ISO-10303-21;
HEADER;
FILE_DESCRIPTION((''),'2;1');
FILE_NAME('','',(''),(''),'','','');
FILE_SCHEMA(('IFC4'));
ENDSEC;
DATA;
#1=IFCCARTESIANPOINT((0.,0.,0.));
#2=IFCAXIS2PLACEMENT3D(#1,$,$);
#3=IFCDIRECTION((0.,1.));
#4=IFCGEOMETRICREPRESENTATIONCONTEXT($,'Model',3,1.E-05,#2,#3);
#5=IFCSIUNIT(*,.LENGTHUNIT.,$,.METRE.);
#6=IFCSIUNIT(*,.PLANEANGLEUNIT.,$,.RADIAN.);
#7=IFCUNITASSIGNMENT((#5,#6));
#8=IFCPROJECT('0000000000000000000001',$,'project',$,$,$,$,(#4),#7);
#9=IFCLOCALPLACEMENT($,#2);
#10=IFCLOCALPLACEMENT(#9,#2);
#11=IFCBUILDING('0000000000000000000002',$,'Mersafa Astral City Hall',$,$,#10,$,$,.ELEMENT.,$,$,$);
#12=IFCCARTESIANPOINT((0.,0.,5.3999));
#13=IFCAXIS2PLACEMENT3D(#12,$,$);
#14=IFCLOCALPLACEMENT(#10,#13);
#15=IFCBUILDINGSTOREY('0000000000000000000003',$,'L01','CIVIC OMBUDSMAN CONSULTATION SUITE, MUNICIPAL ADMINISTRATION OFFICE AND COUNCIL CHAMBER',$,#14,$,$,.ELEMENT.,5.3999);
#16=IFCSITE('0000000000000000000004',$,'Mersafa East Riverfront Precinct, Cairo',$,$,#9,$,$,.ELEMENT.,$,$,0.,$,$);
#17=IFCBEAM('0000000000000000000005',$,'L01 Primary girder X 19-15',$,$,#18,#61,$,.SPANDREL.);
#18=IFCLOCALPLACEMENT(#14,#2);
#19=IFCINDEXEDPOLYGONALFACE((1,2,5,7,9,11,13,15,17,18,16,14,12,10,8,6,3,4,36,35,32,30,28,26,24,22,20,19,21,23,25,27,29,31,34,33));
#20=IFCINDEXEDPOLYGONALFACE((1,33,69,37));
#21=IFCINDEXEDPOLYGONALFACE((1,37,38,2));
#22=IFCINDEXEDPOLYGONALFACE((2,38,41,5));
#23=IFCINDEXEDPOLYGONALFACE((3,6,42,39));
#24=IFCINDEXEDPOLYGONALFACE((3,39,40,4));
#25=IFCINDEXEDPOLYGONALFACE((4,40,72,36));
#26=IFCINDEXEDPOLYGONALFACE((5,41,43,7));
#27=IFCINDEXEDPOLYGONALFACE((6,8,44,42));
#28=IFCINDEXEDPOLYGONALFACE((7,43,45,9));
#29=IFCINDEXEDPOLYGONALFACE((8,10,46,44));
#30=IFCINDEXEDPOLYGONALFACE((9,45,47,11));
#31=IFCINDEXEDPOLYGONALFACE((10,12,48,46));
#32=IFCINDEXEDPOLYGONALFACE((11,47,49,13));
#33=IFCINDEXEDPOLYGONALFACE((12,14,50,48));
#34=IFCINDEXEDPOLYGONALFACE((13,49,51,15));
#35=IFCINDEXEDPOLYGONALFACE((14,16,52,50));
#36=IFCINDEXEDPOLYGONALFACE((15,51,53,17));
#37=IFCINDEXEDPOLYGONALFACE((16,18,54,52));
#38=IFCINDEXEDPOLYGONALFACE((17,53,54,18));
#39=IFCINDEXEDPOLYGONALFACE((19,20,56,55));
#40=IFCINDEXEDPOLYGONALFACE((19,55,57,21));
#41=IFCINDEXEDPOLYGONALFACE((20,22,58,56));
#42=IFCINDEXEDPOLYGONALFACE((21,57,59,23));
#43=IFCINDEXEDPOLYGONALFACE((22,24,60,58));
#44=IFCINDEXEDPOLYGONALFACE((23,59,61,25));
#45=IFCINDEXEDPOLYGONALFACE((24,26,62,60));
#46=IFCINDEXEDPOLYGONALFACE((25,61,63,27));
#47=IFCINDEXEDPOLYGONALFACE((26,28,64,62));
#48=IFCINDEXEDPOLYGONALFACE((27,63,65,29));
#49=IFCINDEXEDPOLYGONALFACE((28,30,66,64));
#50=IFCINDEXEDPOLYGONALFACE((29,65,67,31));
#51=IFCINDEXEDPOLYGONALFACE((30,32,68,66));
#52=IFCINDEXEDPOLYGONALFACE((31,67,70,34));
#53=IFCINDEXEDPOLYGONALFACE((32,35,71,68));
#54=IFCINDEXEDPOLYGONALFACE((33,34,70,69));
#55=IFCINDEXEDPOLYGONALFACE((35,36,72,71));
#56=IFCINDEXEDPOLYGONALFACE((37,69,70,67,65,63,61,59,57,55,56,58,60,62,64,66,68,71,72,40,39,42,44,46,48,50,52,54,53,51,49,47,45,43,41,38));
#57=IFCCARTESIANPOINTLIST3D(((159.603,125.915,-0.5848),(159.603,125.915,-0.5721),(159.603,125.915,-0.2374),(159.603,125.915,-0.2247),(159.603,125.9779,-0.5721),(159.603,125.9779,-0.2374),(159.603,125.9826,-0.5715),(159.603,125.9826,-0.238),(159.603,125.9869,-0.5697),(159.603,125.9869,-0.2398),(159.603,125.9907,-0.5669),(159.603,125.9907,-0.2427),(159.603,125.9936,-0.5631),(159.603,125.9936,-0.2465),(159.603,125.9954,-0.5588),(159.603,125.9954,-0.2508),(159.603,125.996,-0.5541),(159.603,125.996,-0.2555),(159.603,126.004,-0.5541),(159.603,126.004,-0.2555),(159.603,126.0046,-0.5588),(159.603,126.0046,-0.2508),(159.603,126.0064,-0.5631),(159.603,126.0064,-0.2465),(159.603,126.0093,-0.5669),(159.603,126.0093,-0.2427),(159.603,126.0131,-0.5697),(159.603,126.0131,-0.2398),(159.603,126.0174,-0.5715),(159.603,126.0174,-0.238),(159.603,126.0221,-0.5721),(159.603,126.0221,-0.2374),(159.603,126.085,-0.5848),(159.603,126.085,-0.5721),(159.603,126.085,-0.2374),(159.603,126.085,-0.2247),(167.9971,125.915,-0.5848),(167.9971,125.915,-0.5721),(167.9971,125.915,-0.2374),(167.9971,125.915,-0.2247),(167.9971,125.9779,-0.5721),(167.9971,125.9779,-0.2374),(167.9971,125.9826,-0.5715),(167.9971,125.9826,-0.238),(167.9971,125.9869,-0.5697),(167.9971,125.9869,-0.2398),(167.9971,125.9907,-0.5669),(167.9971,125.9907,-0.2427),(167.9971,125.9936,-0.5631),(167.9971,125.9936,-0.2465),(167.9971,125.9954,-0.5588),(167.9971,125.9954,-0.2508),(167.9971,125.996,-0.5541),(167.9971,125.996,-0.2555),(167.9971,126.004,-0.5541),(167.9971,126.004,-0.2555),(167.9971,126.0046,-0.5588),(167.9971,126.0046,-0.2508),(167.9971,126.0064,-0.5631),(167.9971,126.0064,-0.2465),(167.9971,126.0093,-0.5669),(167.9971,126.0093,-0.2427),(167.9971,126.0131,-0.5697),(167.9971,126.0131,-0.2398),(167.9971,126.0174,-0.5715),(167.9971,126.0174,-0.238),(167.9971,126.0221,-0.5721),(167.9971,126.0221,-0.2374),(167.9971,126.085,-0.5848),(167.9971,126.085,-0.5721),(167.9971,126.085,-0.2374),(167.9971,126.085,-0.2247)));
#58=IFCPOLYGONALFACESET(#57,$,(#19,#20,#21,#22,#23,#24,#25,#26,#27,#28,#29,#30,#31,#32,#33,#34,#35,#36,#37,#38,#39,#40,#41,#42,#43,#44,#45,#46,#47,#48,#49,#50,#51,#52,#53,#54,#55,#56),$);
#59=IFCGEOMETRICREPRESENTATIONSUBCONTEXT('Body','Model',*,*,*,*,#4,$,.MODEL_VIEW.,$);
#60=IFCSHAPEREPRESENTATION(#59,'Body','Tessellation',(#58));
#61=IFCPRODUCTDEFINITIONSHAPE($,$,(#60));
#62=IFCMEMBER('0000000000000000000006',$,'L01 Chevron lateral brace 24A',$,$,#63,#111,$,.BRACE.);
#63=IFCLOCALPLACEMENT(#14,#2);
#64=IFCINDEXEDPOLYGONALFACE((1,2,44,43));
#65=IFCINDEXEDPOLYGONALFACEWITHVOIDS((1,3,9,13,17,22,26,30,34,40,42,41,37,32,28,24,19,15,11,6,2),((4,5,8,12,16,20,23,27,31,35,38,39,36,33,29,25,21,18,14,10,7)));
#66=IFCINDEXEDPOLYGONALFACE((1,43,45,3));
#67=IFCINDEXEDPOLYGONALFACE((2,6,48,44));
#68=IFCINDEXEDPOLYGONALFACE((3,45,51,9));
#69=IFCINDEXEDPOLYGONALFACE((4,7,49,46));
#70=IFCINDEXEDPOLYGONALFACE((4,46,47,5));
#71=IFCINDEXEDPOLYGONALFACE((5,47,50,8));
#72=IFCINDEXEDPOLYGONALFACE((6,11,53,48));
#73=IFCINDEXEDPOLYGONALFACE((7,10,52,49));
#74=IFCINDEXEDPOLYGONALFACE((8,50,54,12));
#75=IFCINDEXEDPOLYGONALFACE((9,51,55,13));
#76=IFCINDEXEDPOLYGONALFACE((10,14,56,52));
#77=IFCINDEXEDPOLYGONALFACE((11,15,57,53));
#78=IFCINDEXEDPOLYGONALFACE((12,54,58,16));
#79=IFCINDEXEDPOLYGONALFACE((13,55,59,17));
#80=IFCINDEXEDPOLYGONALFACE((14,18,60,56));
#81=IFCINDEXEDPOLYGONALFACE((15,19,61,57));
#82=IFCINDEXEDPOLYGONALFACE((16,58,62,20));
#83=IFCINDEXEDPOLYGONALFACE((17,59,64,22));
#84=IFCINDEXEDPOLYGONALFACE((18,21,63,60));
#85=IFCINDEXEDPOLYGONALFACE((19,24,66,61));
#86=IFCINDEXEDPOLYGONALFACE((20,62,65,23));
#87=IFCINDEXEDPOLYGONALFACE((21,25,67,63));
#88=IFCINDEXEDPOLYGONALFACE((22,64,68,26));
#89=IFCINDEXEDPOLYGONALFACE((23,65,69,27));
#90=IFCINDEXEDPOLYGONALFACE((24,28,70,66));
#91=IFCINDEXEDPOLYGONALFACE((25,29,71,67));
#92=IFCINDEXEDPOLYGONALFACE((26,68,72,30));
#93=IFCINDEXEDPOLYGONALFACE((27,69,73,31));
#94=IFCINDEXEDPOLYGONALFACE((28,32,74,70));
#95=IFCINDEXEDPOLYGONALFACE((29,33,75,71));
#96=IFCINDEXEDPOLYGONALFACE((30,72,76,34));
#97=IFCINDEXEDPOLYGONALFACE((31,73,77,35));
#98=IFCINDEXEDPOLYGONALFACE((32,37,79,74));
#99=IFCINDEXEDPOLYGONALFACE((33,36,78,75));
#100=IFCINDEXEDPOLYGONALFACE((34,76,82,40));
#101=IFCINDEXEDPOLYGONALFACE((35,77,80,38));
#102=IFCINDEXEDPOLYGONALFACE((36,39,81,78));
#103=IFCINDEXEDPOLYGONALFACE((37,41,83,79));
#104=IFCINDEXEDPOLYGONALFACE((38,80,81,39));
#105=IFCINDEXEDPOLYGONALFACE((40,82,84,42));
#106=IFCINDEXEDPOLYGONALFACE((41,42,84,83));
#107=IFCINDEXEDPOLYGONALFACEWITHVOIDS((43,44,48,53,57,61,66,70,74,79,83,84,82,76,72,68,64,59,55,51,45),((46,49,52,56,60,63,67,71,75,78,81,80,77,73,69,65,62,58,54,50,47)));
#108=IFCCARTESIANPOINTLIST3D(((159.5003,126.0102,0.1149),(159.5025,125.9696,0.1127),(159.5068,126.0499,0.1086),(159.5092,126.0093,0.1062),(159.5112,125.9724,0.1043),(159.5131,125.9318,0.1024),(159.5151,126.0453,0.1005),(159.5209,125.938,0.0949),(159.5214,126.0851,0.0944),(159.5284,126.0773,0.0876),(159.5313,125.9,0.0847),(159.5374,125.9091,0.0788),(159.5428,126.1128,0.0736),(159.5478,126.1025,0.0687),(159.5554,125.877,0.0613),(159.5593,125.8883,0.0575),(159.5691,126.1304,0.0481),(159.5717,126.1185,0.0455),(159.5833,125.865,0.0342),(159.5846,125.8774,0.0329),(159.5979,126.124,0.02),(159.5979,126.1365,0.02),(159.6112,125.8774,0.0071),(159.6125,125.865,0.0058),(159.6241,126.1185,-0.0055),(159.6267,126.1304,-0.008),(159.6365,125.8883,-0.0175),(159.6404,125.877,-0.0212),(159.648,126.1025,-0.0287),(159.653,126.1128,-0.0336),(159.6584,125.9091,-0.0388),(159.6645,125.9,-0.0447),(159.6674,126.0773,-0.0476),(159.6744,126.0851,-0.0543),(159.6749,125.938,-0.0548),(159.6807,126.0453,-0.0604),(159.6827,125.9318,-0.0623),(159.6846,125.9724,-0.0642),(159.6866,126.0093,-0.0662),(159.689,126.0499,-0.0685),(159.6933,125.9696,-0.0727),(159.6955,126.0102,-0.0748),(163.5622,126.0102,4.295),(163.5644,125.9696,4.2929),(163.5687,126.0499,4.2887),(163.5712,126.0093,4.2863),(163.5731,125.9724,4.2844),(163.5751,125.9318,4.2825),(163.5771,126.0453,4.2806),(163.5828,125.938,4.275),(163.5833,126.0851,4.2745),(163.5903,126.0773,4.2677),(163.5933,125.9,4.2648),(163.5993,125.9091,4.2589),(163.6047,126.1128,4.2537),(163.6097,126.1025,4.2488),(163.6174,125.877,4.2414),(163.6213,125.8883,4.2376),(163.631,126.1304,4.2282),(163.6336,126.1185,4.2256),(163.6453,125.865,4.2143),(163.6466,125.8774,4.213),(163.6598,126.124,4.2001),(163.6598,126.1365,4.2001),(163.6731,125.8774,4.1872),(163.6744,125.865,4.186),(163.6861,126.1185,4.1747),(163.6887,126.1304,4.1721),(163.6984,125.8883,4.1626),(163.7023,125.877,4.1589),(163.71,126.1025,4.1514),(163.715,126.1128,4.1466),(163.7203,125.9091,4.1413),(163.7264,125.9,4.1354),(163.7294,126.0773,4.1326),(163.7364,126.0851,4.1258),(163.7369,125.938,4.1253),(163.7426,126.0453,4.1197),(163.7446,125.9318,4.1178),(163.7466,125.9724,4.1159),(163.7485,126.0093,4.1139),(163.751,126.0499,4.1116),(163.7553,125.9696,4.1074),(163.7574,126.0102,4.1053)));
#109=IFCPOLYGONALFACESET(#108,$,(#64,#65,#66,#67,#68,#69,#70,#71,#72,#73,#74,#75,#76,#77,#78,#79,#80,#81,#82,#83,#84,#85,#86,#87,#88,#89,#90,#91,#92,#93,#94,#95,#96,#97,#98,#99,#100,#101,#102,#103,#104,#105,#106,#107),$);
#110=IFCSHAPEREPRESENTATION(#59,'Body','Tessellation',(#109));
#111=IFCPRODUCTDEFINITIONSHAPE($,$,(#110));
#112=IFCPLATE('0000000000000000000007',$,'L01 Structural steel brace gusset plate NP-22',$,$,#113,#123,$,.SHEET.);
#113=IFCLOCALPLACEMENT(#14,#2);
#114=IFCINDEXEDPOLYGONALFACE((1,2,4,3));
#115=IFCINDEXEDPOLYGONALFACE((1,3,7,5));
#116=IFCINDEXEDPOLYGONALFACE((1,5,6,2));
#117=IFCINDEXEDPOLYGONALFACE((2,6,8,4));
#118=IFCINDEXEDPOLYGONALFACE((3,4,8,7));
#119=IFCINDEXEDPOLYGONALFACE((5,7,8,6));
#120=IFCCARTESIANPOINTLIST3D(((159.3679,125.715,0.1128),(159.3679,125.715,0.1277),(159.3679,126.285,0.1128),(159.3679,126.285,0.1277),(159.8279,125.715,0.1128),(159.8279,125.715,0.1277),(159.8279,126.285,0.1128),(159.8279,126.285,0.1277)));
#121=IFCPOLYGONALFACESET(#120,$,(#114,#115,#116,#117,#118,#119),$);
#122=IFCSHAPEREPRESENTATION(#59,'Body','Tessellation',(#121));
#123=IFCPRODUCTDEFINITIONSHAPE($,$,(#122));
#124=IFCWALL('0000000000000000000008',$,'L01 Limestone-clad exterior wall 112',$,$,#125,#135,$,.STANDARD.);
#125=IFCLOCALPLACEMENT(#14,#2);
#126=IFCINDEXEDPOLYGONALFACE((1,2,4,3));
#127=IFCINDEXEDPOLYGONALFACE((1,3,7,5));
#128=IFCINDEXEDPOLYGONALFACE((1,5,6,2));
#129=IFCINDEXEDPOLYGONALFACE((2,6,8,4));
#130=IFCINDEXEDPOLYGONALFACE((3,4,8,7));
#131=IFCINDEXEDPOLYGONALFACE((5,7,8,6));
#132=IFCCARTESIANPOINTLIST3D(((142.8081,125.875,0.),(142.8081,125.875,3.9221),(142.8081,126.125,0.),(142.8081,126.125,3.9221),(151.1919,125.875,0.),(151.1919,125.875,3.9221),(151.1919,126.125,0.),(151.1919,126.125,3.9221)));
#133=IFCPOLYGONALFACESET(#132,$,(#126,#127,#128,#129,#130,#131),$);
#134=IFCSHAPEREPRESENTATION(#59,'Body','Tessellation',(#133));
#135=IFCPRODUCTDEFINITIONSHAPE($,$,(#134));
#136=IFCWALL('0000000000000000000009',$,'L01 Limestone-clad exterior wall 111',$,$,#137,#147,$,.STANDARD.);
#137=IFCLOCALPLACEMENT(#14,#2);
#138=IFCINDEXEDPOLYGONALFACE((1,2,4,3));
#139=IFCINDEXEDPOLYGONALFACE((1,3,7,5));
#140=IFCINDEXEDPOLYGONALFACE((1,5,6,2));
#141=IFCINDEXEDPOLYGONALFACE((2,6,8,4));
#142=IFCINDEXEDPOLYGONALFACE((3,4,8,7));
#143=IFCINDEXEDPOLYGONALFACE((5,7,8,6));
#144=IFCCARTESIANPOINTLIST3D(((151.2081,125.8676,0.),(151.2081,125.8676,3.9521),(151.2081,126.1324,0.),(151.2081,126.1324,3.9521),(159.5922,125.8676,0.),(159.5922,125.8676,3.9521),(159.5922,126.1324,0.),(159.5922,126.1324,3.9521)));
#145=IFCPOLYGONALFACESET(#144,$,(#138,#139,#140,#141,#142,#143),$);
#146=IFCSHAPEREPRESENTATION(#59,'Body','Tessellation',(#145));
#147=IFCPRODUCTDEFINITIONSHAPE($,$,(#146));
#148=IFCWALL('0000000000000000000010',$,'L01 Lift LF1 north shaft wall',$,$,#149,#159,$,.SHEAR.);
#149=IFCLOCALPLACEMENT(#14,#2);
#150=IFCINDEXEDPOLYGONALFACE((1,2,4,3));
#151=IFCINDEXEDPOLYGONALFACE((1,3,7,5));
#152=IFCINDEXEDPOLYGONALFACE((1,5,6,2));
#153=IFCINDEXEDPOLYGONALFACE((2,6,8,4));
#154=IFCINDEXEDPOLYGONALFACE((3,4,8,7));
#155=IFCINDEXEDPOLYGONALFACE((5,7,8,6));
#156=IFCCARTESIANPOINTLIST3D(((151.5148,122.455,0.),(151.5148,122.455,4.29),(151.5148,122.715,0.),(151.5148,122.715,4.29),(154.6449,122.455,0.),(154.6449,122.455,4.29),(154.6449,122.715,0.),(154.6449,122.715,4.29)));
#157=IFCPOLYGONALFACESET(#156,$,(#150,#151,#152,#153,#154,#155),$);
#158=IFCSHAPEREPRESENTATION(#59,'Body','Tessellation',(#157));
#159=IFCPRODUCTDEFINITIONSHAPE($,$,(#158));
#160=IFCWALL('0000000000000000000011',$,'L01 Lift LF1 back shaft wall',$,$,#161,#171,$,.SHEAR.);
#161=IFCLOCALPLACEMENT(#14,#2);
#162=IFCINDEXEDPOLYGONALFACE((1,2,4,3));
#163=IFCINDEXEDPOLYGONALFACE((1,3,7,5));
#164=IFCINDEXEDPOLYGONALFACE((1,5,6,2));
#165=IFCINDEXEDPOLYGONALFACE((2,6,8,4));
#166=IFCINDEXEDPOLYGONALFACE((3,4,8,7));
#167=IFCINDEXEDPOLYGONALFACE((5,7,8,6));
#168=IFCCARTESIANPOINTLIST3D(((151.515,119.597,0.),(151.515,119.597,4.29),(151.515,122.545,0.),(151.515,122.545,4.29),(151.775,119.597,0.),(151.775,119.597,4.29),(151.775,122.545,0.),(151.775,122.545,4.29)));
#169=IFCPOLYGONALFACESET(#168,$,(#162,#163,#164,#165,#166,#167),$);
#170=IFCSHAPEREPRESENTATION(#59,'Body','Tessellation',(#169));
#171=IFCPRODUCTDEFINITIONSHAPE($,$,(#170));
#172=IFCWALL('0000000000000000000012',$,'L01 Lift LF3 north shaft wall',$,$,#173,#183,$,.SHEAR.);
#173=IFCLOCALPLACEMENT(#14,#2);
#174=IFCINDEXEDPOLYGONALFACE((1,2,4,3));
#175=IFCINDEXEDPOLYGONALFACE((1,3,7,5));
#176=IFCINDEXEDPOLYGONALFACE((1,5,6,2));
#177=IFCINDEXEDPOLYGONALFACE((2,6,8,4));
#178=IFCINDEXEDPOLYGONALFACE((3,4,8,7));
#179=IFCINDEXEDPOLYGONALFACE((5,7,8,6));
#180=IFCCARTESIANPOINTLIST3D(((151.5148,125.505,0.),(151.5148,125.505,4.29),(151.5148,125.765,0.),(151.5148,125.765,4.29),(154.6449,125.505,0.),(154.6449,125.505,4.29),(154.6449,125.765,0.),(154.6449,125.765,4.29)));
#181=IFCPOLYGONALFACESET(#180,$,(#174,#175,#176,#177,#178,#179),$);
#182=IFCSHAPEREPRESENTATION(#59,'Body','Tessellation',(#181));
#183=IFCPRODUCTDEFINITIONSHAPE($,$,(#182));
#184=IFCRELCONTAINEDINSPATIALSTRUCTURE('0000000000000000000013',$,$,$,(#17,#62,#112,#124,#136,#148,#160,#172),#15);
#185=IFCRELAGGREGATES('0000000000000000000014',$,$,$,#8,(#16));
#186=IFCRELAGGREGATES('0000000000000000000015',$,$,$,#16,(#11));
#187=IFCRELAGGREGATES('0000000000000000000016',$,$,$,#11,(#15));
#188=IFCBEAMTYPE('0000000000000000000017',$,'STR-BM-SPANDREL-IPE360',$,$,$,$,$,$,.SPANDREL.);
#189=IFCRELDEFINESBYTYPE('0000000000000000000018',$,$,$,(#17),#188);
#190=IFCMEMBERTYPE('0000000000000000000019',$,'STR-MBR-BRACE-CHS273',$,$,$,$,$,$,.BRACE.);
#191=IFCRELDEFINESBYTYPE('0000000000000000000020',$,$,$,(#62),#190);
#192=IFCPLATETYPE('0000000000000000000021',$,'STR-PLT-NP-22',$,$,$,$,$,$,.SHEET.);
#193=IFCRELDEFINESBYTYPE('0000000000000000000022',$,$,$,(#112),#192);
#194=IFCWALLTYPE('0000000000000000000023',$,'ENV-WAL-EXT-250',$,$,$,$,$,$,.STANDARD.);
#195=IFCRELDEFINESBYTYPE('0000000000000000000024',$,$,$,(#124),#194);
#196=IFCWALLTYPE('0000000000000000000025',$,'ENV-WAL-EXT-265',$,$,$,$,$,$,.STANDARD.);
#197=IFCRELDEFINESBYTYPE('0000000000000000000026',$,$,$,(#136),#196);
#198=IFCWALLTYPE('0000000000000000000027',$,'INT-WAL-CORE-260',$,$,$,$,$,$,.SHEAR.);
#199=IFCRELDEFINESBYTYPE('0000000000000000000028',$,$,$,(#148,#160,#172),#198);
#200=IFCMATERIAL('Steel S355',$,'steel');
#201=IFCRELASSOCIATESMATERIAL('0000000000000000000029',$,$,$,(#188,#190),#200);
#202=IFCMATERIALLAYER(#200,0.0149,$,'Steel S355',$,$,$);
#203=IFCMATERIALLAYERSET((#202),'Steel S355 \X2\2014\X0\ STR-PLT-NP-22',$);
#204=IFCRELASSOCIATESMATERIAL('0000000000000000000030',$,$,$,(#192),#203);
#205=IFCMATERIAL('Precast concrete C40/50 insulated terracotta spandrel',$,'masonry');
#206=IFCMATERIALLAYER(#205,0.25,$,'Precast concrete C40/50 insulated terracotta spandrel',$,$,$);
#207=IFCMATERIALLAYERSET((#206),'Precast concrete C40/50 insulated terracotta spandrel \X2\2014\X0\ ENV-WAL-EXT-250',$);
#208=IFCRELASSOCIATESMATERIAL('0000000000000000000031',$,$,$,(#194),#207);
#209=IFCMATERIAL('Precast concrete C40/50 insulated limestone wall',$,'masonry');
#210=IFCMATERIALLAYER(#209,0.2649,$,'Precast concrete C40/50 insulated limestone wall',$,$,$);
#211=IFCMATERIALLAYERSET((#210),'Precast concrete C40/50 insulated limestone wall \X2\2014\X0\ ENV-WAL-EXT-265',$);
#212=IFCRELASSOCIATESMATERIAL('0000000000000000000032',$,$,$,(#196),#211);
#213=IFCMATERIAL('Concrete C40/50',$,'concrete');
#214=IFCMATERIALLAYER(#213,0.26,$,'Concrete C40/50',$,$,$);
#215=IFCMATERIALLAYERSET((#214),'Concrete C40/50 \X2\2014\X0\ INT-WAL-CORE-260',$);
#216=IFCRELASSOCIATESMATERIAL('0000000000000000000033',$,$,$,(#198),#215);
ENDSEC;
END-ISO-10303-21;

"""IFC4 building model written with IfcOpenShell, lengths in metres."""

from ifc_helpers import new_model, si_unit, direction, frame, frame_2d, origin, origin_2d, place, context, subcontext, project, spatial, rectangle, hollow_circle, i_section, extrude, material, layer, layer_set, material_profile, profile_set, type_object, element, save


model = new_model("IFC4")

# Units and contexts
model_context = context("Model", 3, precision=1e-05, world=origin(), true_north=direction((0.0, 1.0)))
body_context = subcontext(model_context, "Body", "Model", "MODEL_VIEW")
ifc_project = project(units=[si_unit("LENGTHUNIT", "METRE"), si_unit("PLANEANGLEUNIT", "RADIAN")], contexts=[model_context])

# Site, building, storey
site_placement = place(None, origin())
site = spatial("IfcSite", under=ifc_project, at=site_placement, Name="Mersafa East Riverfront Precinct, Cairo", CompositionType="ELEMENT", RefElevation=0.0)
building_placement = place(site_placement, origin())
building = spatial("IfcBuilding", under=site, at=building_placement, Name="Mersafa Astral City Hall", CompositionType="ELEMENT")
storey_placement = place(building_placement, frame((0.0, 0.0, 5.3999)))
storey = spatial("IfcBuildingStorey", under=building, at=storey_placement, Name="L01", Description="CIVIC OMBUDSMAN CONSULTATION SUITE, MUNICIPAL ADMINISTRATION OFFICE AND COUNCIL CHAMBER", CompositionType="ELEMENT", Elevation=5.3999)

# Shared definitions
ifc_material_1 = material(Name="Steel S355", Category="steel")

# Beam
ifc_material_profile_1 = material_profile(ifc_material_1, i_section(OverallWidth=0.1699, OverallDepth=0.3601, WebThickness=0.0081, FlangeThickness=0.0127, FilletRadius=0.0181, at=origin_2d()), Name="IPE 360")
ifc_profile_set_1 = profile_set([ifc_material_profile_1], Name="Steel S355")
beam_type_1 = type_object("IfcBeamType", Name="STR-BM-SPANDREL-IPE360", PredefinedType="SPANDREL", material=ifc_profile_set_1)
beam_1_placement = place(storey_placement, frame((159.603, 126.0, -0.4048), z_axis=(1.0, 0.0, 0.0), x_axis=(0.0, 1.0, 0.0)))
element("IfcBeam", 1, at=beam_1_placement, inside=storey, type_object=beam_type_1, Name="L01 Primary girder X 19-15", PredefinedType="SPANDREL", context=body_context, shape_type="SweptSolid", body=[
    extrude(i_section(OverallWidth=0.1699, OverallDepth=0.3601, WebThickness=0.0081, FlangeThickness=0.0127, FilletRadius=0.0181, at=origin_2d()), origin(), (0.0, 0.0, 1.0), 8.394),
])

# Member
ifc_material_profile_2 = material_profile(ifc_material_1, hollow_circle(Radius=0.1365, WallThickness=0.0125, at=origin_2d()), Name="CHS 273x12.5")
ifc_profile_set_2 = profile_set([ifc_material_profile_2], Name="Steel S355")
member_type = type_object("IfcMemberType", Name="STR-MBR-BRACE-CHS273", PredefinedType="BRACE", material=ifc_profile_set_2)
member_placement = place(storey_placement, frame((159.5979, 126.0, 0.02), z_axis=(0.696898, 0.0, 0.717171), x_axis=(0.0, 1.0, 0.0)))
element("IfcMember", 2, at=member_placement, inside=storey, type_object=member_type, Name="L01 Chevron lateral brace 24A", PredefinedType="BRACE", context=body_context, shape_type="SweptSolid", body=[
    extrude(hollow_circle(Radius=0.1365, WallThickness=0.0125, at=origin_2d()), origin(), (0.0, 0.0, 1.0), 5.8286),
])

# Plate
ifc_layer_1 = layer(ifc_material_1, 0.0149, Name="Steel S355")
ifc_layer_set_1 = layer_set([ifc_layer_1], Name="Steel S355 — STR-PLT-NP-22")
plate_type = type_object("IfcPlateType", Name="STR-PLT-NP-22", PredefinedType="SHEET", material=ifc_layer_set_1)
plate_placement = place(storey_placement, frame((159.5979, 126.0, 0.1128), z_axis=(0.0, 0.0, 1.0), x_axis=(1.0, 0.0, 0.0)))
element("IfcPlate", 3, at=plate_placement, inside=storey, type_object=plate_type, Name="L01 Structural steel brace gusset plate NP-22", PredefinedType="SHEET", context=body_context, shape_type="SweptSolid", body=[
    extrude(rectangle(XDim=0.46, YDim=0.5701, at=origin_2d()), origin(), (0.0, 0.0, 1.0), 0.0149),
])

# Walls
ifc_material_2 = material(Name="Precast concrete C40/50 insulated terracotta spandrel", Category="masonry")
ifc_layer_2 = layer(ifc_material_2, 0.25, Name="Precast concrete C40/50 insulated terracotta spandrel")
ifc_layer_set_2 = layer_set([ifc_layer_2], Name="Precast concrete C40/50 insulated terracotta spandrel — ENV-WAL-EXT-250")
wall_type_1 = type_object("IfcWallType", Name="ENV-WAL-EXT-250", PredefinedType="STANDARD", material=ifc_layer_set_2)
wall_1_placement = place(storey_placement, frame((151.1919, 126.0, 0.0), z_axis=(0.0, 0.0, 1.0), x_axis=(-1.0, 0.0, 0.0)))
element("IfcWall", 4, at=wall_1_placement, inside=storey, type_object=wall_type_1, Name="L01 Limestone-clad exterior wall 112", PredefinedType="STANDARD", context=body_context, shape_type="SweptSolid", body=[
    extrude(rectangle(XDim=8.3838, YDim=0.25, at=frame_2d((4.1919, 0.0))), origin(), (0.0, 0.0, 1.0), 3.9221),
])
ifc_material_3 = material(Name="Precast concrete C40/50 insulated limestone wall", Category="masonry")
ifc_layer_3 = layer(ifc_material_3, 0.2649, Name="Precast concrete C40/50 insulated limestone wall")
ifc_layer_set_3 = layer_set([ifc_layer_3], Name="Precast concrete C40/50 insulated limestone wall — ENV-WAL-EXT-265")
wall_type_2 = type_object("IfcWallType", Name="ENV-WAL-EXT-265", PredefinedType="STANDARD", material=ifc_layer_set_3)
wall_2_placement = place(storey_placement, frame((159.592, 126.0, 0.0), z_axis=(0.0, 0.0, 1.0), x_axis=(-1.0, 0.0, 0.0)))
element("IfcWall", 5, at=wall_2_placement, inside=storey, type_object=wall_type_2, Name="L01 Limestone-clad exterior wall 111", PredefinedType="STANDARD", context=body_context, shape_type="SweptSolid", body=[
    extrude(rectangle(XDim=8.384, YDim=0.2649, at=frame_2d((4.1919, 0.0))), origin(), (0.0, 0.0, 1.0), 3.9521),
])
ifc_material_4 = material(Name="Concrete C40/50", Category="concrete")
ifc_layer_4 = layer(ifc_material_4, 0.26, Name="Concrete C40/50")
ifc_layer_set_4 = layer_set([ifc_layer_4], Name="Concrete C40/50 — INT-WAL-CORE-260")
wall_type_3 = type_object("IfcWallType", Name="INT-WAL-CORE-260", PredefinedType="SHEAR", material=ifc_layer_set_4)
wall_3_placement = place(storey_placement, frame((151.5149, 122.585, 0.0), z_axis=(0.0, 0.0, 1.0), x_axis=(1.0, 0.0, 0.0)))
element("IfcWall", 6, at=wall_3_placement, inside=storey, type_object=wall_type_3, Name="L01 Lift LF1 north shaft wall", PredefinedType="SHEAR", context=body_context, shape_type="SweptSolid", body=[
    extrude(rectangle(XDim=3.1301, YDim=0.26, at=frame_2d((1.5649, 0.0))), origin(), (0.0, 0.0, 1.0), 4.29),
])
wall_4_placement = place(storey_placement, frame((151.645, 119.5969, 0.0), z_axis=(0.0, 0.0, 1.0), x_axis=(0.0, 1.0, 0.0)))
element("IfcWall", 7, at=wall_4_placement, inside=storey, type_object=wall_type_3, Name="L01 Lift LF1 back shaft wall", PredefinedType="SHEAR", context=body_context, shape_type="SweptSolid", body=[
    extrude(rectangle(XDim=2.948, YDim=0.26, at=frame_2d((1.4741, 0.0))), origin(), (0.0, 0.0, 1.0), 4.29),
])

# Wall
wall_5_placement = place(storey_placement, frame((151.5149, 125.635, 0.0), z_axis=(0.0, 0.0, 1.0), x_axis=(1.0, 0.0, 0.0)))
element("IfcWall", 8, at=wall_5_placement, inside=storey, type_object=wall_type_3, Name="L01 Lift LF3 north shaft wall", PredefinedType="SHEAR", context=body_context, shape_type="SweptSolid", body=[
    extrude(rectangle(XDim=3.1301, YDim=0.26, at=frame_2d((1.5649, 0.0))), origin(), (0.0, 0.0, 1.0), 4.29),
])

save(model, "model.ifc")
